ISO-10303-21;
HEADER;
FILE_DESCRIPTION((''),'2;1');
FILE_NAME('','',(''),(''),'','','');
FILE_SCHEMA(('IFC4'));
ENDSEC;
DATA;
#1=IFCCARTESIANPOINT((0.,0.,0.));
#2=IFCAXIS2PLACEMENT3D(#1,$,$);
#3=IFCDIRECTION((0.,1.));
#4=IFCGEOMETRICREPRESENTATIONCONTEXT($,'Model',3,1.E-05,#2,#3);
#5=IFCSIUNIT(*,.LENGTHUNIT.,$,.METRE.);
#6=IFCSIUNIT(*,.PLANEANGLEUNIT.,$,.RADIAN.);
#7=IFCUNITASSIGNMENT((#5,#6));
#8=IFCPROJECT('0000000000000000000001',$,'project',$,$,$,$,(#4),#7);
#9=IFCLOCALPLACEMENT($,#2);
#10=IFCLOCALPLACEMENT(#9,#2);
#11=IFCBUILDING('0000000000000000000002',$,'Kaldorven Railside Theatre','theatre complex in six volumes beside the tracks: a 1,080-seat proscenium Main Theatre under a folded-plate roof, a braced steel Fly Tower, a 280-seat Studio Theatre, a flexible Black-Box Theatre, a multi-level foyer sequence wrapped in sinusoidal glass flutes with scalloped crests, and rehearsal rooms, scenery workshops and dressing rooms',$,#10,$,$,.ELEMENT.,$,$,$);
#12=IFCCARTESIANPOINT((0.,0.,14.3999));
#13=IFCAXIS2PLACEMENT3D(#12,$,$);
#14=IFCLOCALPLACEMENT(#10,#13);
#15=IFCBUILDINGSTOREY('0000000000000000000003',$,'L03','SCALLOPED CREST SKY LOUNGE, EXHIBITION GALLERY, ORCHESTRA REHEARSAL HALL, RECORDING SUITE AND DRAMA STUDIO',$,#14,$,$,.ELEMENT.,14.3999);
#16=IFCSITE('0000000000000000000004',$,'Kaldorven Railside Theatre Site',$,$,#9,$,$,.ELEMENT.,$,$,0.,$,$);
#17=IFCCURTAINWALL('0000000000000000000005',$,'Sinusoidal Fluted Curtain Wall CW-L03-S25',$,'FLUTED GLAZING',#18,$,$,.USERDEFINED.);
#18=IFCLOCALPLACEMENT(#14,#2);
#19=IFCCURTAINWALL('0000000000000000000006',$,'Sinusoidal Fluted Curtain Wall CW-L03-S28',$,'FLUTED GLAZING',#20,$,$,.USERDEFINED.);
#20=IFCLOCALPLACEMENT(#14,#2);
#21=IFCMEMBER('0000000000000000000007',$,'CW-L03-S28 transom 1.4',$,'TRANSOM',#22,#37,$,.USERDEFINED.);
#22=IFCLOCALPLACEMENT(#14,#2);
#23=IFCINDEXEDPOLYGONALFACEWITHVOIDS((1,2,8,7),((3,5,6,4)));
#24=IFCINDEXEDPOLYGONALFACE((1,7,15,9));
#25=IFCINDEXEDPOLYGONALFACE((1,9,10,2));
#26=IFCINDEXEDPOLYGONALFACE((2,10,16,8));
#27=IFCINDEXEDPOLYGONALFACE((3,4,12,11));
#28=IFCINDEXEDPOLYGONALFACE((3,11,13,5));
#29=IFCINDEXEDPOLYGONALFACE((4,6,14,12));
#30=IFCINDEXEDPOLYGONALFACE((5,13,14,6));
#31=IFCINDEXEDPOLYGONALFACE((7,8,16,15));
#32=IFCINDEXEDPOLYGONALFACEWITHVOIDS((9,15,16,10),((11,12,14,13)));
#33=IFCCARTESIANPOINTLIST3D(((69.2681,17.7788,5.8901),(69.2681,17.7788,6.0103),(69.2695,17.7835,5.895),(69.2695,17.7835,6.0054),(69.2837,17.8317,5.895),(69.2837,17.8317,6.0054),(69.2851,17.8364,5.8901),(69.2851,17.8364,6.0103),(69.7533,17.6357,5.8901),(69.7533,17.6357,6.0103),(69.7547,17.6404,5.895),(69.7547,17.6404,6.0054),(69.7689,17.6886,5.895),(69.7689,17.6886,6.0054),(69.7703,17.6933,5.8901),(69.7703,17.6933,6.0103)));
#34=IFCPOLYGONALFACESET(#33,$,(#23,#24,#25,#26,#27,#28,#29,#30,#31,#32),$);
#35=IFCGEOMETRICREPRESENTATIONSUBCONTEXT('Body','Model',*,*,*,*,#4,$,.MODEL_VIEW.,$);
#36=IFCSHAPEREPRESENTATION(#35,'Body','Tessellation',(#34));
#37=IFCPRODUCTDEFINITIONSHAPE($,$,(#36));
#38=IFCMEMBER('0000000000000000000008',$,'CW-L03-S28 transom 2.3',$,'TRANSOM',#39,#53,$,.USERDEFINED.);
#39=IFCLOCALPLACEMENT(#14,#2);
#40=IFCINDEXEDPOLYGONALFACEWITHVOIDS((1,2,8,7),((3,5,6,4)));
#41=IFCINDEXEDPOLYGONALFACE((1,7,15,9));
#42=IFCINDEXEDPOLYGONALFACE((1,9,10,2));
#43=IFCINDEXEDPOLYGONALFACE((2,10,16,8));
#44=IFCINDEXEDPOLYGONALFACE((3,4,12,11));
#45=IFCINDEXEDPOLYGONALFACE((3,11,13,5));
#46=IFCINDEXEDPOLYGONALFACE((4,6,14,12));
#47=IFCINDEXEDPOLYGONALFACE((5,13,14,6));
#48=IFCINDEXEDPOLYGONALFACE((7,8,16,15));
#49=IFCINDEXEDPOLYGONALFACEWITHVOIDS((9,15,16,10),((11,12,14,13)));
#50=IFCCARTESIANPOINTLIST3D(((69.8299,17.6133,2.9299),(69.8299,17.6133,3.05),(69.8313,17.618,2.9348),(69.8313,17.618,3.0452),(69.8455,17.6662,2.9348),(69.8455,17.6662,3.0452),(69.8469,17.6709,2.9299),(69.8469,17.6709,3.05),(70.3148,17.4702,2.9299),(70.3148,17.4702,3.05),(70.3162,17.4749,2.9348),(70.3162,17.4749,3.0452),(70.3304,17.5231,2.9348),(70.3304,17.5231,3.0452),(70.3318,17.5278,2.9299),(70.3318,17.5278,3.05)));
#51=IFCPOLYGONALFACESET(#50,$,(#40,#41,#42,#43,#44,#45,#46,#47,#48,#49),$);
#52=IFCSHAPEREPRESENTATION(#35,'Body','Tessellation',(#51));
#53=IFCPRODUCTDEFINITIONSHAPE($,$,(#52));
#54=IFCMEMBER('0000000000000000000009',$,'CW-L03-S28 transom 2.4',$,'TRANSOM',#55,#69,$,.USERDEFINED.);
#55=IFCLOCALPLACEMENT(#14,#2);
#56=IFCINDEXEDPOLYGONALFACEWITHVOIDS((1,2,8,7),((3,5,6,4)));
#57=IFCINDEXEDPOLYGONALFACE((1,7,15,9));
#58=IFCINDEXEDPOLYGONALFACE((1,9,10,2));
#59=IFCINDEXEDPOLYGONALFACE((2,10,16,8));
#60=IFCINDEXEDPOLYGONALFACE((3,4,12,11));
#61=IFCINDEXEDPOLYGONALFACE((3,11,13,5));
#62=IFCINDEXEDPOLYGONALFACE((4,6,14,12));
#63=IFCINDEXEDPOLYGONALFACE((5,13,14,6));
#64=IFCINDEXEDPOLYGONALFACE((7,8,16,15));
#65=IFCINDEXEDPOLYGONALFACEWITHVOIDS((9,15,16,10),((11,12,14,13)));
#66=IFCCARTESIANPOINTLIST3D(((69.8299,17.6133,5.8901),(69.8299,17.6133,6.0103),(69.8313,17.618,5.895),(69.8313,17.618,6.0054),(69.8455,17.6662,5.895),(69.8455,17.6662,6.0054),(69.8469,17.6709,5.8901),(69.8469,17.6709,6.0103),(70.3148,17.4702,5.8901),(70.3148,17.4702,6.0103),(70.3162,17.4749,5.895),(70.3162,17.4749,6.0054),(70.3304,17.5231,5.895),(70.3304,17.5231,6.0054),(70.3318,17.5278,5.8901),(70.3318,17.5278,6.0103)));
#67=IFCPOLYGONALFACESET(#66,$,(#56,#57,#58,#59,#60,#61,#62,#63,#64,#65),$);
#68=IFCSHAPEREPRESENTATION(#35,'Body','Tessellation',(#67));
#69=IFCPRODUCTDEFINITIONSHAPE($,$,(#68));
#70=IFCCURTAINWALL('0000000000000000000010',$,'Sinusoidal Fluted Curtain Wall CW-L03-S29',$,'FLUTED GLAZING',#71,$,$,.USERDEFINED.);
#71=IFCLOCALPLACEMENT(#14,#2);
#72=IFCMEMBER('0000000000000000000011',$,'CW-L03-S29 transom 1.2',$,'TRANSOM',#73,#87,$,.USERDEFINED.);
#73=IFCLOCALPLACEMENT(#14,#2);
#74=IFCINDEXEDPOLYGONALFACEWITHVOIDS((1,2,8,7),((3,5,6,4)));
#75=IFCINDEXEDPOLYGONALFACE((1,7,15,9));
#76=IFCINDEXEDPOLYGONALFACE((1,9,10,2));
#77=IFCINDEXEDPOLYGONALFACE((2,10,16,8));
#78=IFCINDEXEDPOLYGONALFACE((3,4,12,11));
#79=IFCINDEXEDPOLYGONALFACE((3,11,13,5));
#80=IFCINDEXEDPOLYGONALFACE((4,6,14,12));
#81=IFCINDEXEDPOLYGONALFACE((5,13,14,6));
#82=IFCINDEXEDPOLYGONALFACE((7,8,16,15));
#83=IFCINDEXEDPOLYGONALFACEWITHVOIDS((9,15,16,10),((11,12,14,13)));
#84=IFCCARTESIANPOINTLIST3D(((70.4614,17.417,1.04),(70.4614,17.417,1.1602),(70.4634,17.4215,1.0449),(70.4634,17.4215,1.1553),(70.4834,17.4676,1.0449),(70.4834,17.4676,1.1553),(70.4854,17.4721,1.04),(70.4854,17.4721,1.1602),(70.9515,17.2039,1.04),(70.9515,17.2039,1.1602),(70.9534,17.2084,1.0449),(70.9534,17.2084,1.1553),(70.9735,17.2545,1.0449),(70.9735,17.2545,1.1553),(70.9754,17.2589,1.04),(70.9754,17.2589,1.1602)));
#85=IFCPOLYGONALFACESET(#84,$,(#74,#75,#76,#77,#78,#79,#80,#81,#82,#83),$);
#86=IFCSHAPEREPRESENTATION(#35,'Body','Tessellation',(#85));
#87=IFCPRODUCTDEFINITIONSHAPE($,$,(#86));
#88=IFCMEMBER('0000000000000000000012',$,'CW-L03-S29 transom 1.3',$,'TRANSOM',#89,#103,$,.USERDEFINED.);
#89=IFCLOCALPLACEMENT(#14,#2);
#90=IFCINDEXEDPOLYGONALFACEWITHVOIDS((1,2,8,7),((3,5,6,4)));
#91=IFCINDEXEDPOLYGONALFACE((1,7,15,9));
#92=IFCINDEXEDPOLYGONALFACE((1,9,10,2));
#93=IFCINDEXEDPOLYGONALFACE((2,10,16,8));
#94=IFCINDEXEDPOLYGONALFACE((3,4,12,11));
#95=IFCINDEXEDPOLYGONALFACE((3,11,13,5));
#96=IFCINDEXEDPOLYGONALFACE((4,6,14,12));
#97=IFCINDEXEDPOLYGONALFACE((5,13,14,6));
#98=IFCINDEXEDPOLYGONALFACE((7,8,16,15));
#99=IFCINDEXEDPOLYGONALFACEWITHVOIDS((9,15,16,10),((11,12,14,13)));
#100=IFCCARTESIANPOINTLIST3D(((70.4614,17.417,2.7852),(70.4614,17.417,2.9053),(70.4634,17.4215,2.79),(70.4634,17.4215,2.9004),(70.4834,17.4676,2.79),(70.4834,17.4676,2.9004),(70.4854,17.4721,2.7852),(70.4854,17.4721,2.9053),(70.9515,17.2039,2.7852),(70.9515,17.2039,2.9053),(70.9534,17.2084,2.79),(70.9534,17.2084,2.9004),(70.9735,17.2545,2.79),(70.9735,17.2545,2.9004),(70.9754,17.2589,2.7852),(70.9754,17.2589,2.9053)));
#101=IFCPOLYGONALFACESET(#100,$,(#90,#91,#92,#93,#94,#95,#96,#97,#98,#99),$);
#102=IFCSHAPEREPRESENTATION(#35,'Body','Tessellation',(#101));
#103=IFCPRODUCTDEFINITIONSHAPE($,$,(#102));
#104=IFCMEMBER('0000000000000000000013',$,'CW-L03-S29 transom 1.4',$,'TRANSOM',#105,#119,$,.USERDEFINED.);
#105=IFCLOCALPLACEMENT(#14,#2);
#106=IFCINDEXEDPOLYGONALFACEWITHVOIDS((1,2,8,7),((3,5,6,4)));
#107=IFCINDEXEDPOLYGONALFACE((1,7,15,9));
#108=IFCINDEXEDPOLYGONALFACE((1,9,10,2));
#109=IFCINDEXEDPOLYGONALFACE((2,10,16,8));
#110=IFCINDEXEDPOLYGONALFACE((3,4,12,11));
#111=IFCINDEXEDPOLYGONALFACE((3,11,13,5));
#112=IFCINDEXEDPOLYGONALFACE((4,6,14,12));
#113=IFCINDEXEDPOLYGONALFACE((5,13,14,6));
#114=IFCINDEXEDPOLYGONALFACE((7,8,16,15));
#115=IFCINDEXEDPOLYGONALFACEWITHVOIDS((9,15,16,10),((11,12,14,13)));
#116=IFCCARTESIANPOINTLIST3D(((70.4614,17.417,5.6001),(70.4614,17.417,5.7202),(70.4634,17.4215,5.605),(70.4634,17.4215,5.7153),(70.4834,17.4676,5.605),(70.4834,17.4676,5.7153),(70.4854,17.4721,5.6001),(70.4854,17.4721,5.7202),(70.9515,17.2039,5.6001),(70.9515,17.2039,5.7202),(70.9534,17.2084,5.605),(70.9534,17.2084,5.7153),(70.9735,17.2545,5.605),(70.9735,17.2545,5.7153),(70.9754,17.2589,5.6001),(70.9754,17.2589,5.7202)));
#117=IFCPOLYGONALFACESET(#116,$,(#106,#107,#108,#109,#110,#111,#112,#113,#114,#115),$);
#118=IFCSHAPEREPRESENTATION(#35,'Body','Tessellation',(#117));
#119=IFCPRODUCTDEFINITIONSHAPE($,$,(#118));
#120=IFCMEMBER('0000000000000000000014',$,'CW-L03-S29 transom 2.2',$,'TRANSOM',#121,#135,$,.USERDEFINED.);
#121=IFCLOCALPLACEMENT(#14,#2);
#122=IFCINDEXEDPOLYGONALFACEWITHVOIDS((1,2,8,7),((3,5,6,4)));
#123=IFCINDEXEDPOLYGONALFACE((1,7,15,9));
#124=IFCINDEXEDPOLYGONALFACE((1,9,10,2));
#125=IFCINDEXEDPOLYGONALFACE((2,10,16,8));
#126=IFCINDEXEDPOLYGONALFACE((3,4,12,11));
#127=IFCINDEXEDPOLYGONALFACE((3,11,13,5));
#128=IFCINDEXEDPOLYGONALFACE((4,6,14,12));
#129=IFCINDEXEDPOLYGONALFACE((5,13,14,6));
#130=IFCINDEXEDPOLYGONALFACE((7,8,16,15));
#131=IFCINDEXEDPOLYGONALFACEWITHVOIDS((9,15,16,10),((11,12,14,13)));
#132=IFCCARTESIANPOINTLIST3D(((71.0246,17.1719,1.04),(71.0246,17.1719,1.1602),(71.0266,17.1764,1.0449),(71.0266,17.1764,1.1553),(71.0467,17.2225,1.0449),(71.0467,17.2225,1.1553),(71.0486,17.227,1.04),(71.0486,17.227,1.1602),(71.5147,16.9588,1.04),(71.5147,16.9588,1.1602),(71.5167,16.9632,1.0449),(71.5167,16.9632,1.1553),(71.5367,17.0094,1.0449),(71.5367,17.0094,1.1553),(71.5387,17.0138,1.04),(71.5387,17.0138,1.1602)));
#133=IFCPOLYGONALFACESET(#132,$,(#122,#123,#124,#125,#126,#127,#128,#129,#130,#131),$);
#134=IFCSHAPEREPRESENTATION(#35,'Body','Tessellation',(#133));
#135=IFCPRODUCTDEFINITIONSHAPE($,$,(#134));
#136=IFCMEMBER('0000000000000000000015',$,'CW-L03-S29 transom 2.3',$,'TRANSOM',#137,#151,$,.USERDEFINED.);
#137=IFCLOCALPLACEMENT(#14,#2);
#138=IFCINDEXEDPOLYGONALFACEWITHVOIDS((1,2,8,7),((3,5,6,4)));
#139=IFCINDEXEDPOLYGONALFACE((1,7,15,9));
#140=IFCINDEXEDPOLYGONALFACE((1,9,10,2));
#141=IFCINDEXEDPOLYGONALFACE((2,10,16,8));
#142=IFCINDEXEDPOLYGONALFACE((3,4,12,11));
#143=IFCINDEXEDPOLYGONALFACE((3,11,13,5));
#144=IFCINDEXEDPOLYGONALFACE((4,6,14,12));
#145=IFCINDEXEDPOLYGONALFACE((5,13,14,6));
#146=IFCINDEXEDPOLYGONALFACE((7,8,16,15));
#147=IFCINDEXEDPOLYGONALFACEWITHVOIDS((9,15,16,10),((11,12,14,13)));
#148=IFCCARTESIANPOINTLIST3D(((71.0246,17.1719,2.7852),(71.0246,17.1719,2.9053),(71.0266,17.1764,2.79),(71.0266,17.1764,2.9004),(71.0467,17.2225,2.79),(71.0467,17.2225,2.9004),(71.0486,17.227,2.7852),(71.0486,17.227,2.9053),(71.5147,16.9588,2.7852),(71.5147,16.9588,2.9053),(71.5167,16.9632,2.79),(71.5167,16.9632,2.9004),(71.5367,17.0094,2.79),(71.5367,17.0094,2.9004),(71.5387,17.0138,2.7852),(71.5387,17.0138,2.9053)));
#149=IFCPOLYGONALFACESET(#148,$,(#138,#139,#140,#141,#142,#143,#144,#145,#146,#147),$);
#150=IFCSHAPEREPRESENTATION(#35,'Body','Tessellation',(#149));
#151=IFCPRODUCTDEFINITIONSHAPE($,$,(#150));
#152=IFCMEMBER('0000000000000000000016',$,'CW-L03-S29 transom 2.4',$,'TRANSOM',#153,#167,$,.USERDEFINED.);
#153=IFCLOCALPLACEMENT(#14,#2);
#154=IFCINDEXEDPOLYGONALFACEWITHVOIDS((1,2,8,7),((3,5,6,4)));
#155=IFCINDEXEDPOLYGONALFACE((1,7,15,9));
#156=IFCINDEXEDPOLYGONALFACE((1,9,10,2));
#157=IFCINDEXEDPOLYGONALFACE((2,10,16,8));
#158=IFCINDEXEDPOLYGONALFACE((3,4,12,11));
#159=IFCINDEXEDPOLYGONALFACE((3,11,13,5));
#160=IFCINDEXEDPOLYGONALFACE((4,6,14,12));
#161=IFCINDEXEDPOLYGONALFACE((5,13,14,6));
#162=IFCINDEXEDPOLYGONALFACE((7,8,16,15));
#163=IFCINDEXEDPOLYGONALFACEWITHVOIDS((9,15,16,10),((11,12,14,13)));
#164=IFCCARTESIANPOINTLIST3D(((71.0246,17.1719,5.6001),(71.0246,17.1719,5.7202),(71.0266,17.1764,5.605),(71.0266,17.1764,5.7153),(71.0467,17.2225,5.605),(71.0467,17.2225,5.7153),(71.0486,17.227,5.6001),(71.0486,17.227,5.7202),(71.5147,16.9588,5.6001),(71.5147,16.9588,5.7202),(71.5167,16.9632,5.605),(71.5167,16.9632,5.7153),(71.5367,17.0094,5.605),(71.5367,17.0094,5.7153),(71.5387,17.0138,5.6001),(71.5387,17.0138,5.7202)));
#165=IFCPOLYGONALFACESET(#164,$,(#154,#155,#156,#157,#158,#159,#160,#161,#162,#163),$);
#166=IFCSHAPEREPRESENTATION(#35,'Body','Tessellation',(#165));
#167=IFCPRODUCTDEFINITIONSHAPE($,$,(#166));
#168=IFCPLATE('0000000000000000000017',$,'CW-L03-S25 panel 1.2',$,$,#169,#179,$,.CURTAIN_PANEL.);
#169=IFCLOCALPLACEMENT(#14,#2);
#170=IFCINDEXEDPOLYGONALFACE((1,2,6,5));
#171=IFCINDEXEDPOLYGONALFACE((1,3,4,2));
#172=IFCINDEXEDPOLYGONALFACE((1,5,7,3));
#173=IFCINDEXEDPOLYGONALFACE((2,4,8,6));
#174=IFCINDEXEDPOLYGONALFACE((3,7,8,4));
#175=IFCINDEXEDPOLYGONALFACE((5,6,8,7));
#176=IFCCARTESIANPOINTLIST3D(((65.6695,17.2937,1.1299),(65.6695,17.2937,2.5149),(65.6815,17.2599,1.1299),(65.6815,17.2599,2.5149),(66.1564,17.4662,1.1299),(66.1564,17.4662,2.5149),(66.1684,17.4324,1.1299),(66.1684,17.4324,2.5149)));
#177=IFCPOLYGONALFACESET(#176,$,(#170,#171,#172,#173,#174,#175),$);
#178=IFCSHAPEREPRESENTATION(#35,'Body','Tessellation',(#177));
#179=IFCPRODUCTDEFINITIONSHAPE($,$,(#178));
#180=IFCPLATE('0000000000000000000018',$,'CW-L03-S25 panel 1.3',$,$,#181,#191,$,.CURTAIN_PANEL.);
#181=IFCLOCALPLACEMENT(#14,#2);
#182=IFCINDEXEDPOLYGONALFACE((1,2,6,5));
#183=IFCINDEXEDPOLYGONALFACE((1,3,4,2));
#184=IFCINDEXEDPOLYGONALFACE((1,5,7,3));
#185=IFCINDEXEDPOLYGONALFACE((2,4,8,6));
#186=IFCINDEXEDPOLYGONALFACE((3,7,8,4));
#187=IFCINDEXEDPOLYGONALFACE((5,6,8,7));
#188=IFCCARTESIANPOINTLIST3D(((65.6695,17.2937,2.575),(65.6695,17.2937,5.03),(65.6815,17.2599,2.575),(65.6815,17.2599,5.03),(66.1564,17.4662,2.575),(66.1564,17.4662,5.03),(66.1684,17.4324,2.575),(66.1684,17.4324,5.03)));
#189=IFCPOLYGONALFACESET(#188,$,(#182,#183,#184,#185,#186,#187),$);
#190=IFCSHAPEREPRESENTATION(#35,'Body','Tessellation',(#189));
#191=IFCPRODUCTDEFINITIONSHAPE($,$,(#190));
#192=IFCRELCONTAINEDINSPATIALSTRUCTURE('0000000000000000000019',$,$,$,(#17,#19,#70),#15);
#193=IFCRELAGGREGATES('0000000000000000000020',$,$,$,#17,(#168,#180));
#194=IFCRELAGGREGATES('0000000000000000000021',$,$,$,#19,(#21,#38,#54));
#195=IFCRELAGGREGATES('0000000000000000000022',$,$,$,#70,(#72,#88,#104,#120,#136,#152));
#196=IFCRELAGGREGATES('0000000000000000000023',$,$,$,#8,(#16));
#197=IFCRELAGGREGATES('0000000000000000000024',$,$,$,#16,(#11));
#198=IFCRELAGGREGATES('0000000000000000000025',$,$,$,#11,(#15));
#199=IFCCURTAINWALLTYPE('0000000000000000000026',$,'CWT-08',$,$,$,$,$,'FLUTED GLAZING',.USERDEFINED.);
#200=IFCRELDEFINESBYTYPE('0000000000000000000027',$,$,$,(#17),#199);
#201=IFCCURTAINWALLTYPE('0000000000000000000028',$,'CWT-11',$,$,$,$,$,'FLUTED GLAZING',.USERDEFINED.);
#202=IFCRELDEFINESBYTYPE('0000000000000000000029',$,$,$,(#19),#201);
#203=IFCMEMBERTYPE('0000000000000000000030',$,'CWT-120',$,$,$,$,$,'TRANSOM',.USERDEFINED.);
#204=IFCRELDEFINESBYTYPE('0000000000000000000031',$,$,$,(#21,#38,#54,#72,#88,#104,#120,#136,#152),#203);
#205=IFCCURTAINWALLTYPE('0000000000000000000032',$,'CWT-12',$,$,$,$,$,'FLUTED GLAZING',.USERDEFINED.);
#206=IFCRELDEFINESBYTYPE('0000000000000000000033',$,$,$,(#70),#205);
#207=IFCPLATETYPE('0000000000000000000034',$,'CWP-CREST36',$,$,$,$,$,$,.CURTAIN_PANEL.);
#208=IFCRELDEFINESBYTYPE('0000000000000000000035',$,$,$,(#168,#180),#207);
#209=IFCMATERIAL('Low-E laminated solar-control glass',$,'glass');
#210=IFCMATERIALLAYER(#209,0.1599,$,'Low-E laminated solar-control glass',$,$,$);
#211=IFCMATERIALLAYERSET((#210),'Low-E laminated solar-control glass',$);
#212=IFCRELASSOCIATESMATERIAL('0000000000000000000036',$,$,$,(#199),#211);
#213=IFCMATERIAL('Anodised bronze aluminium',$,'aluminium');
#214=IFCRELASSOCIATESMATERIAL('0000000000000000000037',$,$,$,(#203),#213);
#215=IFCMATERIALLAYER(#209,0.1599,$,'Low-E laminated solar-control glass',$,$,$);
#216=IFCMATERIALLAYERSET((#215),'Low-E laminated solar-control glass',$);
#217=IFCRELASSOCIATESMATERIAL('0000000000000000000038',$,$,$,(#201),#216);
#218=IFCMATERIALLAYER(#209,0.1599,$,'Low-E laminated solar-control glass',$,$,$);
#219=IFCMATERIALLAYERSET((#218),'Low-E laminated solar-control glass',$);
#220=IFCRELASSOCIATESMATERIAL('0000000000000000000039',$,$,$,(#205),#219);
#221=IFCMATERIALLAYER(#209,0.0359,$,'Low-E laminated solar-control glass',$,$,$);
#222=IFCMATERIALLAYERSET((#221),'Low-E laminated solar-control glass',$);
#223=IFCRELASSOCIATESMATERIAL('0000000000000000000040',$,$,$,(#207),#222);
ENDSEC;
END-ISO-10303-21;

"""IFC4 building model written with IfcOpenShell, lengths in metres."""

from ifc_helpers import new_model, si_unit, direction, frame, origin, origin_2d, place, context, subcontext, project, spatial, rectangle, hollow_rectangle, extrude, material, layer, layer_set, material_profile, profile_set, type_object, element, aggregate, save


model = new_model("IFC4")

# Units and contexts
model_context = context("Model", 3, precision=1e-05, world=origin(), true_north=direction((0.0, 1.0)))
body_context = subcontext(model_context, "Body", "Model", "MODEL_VIEW")
ifc_project = project(units=[si_unit("LENGTHUNIT", "METRE"), si_unit("PLANEANGLEUNIT", "RADIAN")], contexts=[model_context])

# Site, building, storey
site_placement = place(None, origin())
site = spatial("IfcSite", under=ifc_project, at=site_placement, Name="Kaldorven Railside Theatre Site", CompositionType="ELEMENT", RefElevation=0.0)
building_placement = place(site_placement, origin())
building = spatial("IfcBuilding", under=site, at=building_placement, Name="Kaldorven Railside Theatre", Description="theatre complex in six volumes beside the tracks: a 1,080-seat proscenium Main Theatre under a folded-plate roof, a braced steel Fly Tower, a 280-seat Studio Theatre, a flexible Black-Box Theatre, a multi-level foyer sequence wrapped in sinusoidal glass flutes with scalloped crests, and rehearsal rooms, scenery workshops and dressing rooms", CompositionType="ELEMENT")
storey_placement = place(building_placement, frame((0.0, 0.0, 14.3999)))
storey = spatial("IfcBuildingStorey", under=building, at=storey_placement, Name="L03", Description="SCALLOPED CREST SKY LOUNGE, EXHIBITION GALLERY, ORCHESTRA REHEARSAL HALL, RECORDING SUITE AND DRAMA STUDIO", CompositionType="ELEMENT", Elevation=14.3999)

# Curtain walls, members
ifc_material_1 = material(Name="Low-E laminated solar-control glass", Category="glass")
ifc_layer_1 = layer(ifc_material_1, 0.1599, Name="Low-E laminated solar-control glass")
ifc_layer_set_1 = layer_set([ifc_layer_1], Name="Low-E laminated solar-control glass")
curtain_wall_type_1 = type_object("IfcCurtainWallType", Name="CWT-08", ElementType="FLUTED GLAZING", PredefinedType="USERDEFINED", material=ifc_layer_set_1)
curtain_wall_1_placement = place(storey_placement, origin())
curtain_wall_1 = element("IfcCurtainWall", 1, at=curtain_wall_1_placement, inside=storey, type_object=curtain_wall_type_1, Name="Sinusoidal Fluted Curtain Wall CW-L03-S25", ObjectType="FLUTED GLAZING", PredefinedType="USERDEFINED")
ifc_material_2 = material(Name="Anodised bronze aluminium", Category="aluminium")
ifc_material_profile = material_profile(ifc_material_2, hollow_rectangle(XDim=0.0601, YDim=0.1201, WallThickness=0.0049, at=origin_2d()), Name="RHS 120x60x5")
ifc_profile_set = profile_set([ifc_material_profile], Name="Anodised bronze aluminium")
member_type = type_object("IfcMemberType", Name="CWT-120", ElementType="TRANSOM", PredefinedType="USERDEFINED", material=ifc_profile_set)
ifc_layer_2 = layer(ifc_material_1, 0.1599, Name="Low-E laminated solar-control glass")
ifc_layer_set_2 = layer_set([ifc_layer_2], Name="Low-E laminated solar-control glass")
curtain_wall_type_2 = type_object("IfcCurtainWallType", Name="CWT-11", ElementType="FLUTED GLAZING", PredefinedType="USERDEFINED", material=ifc_layer_set_2)
curtain_wall_2_placement = place(storey_placement, origin())
curtain_wall_2 = element("IfcCurtainWall", 2, at=curtain_wall_2_placement, inside=storey, type_object=curtain_wall_type_2, Name="Sinusoidal Fluted Curtain Wall CW-L03-S28", ObjectType="FLUTED GLAZING", PredefinedType="USERDEFINED")
member_1_placement = place(storey_placement, frame((69.2766, 17.8076, 5.9502), z_axis=(0.959158, -0.282872, 0.0), x_axis=(0.282872, 0.959158, 0.0)))
member_1 = element("IfcMember", 3, at=member_1_placement, type_object=member_type, Name="CW-L03-S28 transom 1.4", ObjectType="TRANSOM", PredefinedType="USERDEFINED", context=body_context, shape_type="SweptSolid", body=[
    extrude(hollow_rectangle(XDim=0.0601, YDim=0.1201, WallThickness=0.0049, at=origin_2d()), origin(), (0.0, 0.0, 1.0), 0.5059),
])
member_2_placement = place(storey_placement, frame((69.8384, 17.6421, 2.99), z_axis=(0.959119, -0.283003, 0.0), x_axis=(0.283003, 0.959119, 0.0)))
member_2 = element("IfcMember", 4, at=member_2_placement, type_object=member_type, Name="CW-L03-S28 transom 2.3", ObjectType="TRANSOM", PredefinedType="USERDEFINED", context=body_context, shape_type="SweptSolid", body=[
    extrude(hollow_rectangle(XDim=0.0601, YDim=0.1201, WallThickness=0.0049, at=origin_2d()), origin(), (0.0, 0.0, 1.0), 0.5056),
])
member_3_placement = place(storey_placement, frame((69.8384, 17.6421, 5.9502), z_axis=(0.959119, -0.283003, 0.0), x_axis=(0.283003, 0.959119, 0.0)))
member_3 = element("IfcMember", 5, at=member_3_placement, type_object=member_type, Name="CW-L03-S28 transom 2.4", ObjectType="TRANSOM", PredefinedType="USERDEFINED", context=body_context, shape_type="SweptSolid", body=[
    extrude(hollow_rectangle(XDim=0.0601, YDim=0.1201, WallThickness=0.0049, at=origin_2d()), origin(), (0.0, 0.0, 1.0), 0.5056),
])
ifc_layer_3 = layer(ifc_material_1, 0.1599, Name="Low-E laminated solar-control glass")
ifc_layer_set_3 = layer_set([ifc_layer_3], Name="Low-E laminated solar-control glass")
curtain_wall_type_3 = type_object("IfcCurtainWallType", Name="CWT-12", ElementType="FLUTED GLAZING", PredefinedType="USERDEFINED", material=ifc_layer_set_3)
curtain_wall_3_placement = place(storey_placement, origin())
curtain_wall_3 = element("IfcCurtainWall", 6, at=curtain_wall_3_placement, inside=storey, type_object=curtain_wall_type_3, Name="Sinusoidal Fluted Curtain Wall CW-L03-S29", ObjectType="FLUTED GLAZING", PredefinedType="USERDEFINED")
member_4_placement = place(storey_placement, frame((70.4734, 17.4446, 1.1001), z_axis=(0.917005, -0.398876, 0.0), x_axis=(0.398876, 0.917005, 0.0)))
member_4 = element("IfcMember", 7, at=member_4_placement, type_object=member_type, Name="CW-L03-S29 transom 1.2", ObjectType="TRANSOM", PredefinedType="USERDEFINED", context=body_context, shape_type="SweptSolid", body=[
    extrude(hollow_rectangle(XDim=0.0601, YDim=0.1201, WallThickness=0.0049, at=origin_2d()), origin(), (0.0, 0.0, 1.0), 0.5344),
])
member_5_placement = place(storey_placement, frame((70.4734, 17.4446, 2.8452), z_axis=(0.917005, -0.398876, 0.0), x_axis=(0.398876, 0.917005, 0.0)))
member_5 = element("IfcMember", 8, at=member_5_placement, type_object=member_type, Name="CW-L03-S29 transom 1.3", ObjectType="TRANSOM", PredefinedType="USERDEFINED", context=body_context, shape_type="SweptSolid", body=[
    extrude(hollow_rectangle(XDim=0.0601, YDim=0.1201, WallThickness=0.0049, at=origin_2d()), origin(), (0.0, 0.0, 1.0), 0.5344),
])
member_6_placement = place(storey_placement, frame((70.4734, 17.4446, 5.6602), z_axis=(0.917005, -0.398876, 0.0), x_axis=(0.398876, 0.917005, 0.0)))
member_6 = element("IfcMember", 9, at=member_6_placement, type_object=member_type, Name="CW-L03-S29 transom 1.4", ObjectType="TRANSOM", PredefinedType="USERDEFINED", context=body_context, shape_type="SweptSolid", body=[
    extrude(hollow_rectangle(XDim=0.0601, YDim=0.1201, WallThickness=0.0049, at=origin_2d()), origin(), (0.0, 0.0, 1.0), 0.5344),
])
member_7_placement = place(storey_placement, frame((71.0366, 17.1995, 1.1001), z_axis=(0.917005, -0.398876, 0.0), x_axis=(0.398876, 0.917005, 0.0)))
member_7 = element("IfcMember", 10, at=member_7_placement, type_object=member_type, Name="CW-L03-S29 transom 2.2", ObjectType="TRANSOM", PredefinedType="USERDEFINED", context=body_context, shape_type="SweptSolid", body=[
    extrude(hollow_rectangle(XDim=0.0601, YDim=0.1201, WallThickness=0.0049, at=origin_2d()), origin(), (0.0, 0.0, 1.0), 0.5344),
])
member_8_placement = place(storey_placement, frame((71.0366, 17.1995, 2.8452), z_axis=(0.917005, -0.398876, 0.0), x_axis=(0.398876, 0.917005, 0.0)))
member_8 = element("IfcMember", 11, at=member_8_placement, type_object=member_type, Name="CW-L03-S29 transom 2.3", ObjectType="TRANSOM", PredefinedType="USERDEFINED", context=body_context, shape_type="SweptSolid", body=[
    extrude(hollow_rectangle(XDim=0.0601, YDim=0.1201, WallThickness=0.0049, at=origin_2d()), origin(), (0.0, 0.0, 1.0), 0.5344),
])
member_9_placement = place(storey_placement, frame((71.0366, 17.1995, 5.6602), z_axis=(0.917005, -0.398876, 0.0), x_axis=(0.398876, 0.917005, 0.0)))
member_9 = element("IfcMember", 12, at=member_9_placement, type_object=member_type, Name="CW-L03-S29 transom 2.4", ObjectType="TRANSOM", PredefinedType="USERDEFINED", context=body_context, shape_type="SweptSolid", body=[
    extrude(hollow_rectangle(XDim=0.0601, YDim=0.1201, WallThickness=0.0049, at=origin_2d()), origin(), (0.0, 0.0, 1.0), 0.5344),
])

# Plates
ifc_layer_4 = layer(ifc_material_1, 0.0359, Name="Low-E laminated solar-control glass")
ifc_layer_set_4 = layer_set([ifc_layer_4], Name="Low-E laminated solar-control glass")
plate_type = type_object("IfcPlateType", Name="CWP-CREST36", PredefinedType="CURTAIN_PANEL", material=ifc_layer_set_4)
plate_1_placement = place(storey_placement, frame((65.9189, 17.363, 1.1299), z_axis=(0.0, 0.0, 1.0), x_axis=(0.942627, 0.333847, 0.0)))
plate_1 = element("IfcPlate", 13, at=plate_1_placement, type_object=plate_type, Name="CW-L03-S25 panel 1.2", PredefinedType="CURTAIN_PANEL", context=body_context, shape_type="SweptSolid", body=[
    extrude(rectangle(XDim=0.5166, YDim=0.0359, at=origin_2d()), origin(), (0.0, 0.0, 1.0), 1.385),
])
plate_2_placement = place(storey_placement, frame((65.9189, 17.363, 2.575), z_axis=(0.0, 0.0, 1.0), x_axis=(0.942627, 0.333847, 0.0)))
plate_2 = element("IfcPlate", 14, at=plate_2_placement, type_object=plate_type, Name="CW-L03-S25 panel 1.3", PredefinedType="CURTAIN_PANEL", context=body_context, shape_type="SweptSolid", body=[
    extrude(rectangle(XDim=0.5166, YDim=0.0359, at=origin_2d()), origin(), (0.0, 0.0, 1.0), 2.4551),
])
aggregate(curtain_wall_1, [plate_1, plate_2])
aggregate(curtain_wall_2, [member_1, member_2, member_3])
aggregate(curtain_wall_3, [member_4, member_5, member_6, member_7, member_8, member_9])

save(model, "model.ifc")
